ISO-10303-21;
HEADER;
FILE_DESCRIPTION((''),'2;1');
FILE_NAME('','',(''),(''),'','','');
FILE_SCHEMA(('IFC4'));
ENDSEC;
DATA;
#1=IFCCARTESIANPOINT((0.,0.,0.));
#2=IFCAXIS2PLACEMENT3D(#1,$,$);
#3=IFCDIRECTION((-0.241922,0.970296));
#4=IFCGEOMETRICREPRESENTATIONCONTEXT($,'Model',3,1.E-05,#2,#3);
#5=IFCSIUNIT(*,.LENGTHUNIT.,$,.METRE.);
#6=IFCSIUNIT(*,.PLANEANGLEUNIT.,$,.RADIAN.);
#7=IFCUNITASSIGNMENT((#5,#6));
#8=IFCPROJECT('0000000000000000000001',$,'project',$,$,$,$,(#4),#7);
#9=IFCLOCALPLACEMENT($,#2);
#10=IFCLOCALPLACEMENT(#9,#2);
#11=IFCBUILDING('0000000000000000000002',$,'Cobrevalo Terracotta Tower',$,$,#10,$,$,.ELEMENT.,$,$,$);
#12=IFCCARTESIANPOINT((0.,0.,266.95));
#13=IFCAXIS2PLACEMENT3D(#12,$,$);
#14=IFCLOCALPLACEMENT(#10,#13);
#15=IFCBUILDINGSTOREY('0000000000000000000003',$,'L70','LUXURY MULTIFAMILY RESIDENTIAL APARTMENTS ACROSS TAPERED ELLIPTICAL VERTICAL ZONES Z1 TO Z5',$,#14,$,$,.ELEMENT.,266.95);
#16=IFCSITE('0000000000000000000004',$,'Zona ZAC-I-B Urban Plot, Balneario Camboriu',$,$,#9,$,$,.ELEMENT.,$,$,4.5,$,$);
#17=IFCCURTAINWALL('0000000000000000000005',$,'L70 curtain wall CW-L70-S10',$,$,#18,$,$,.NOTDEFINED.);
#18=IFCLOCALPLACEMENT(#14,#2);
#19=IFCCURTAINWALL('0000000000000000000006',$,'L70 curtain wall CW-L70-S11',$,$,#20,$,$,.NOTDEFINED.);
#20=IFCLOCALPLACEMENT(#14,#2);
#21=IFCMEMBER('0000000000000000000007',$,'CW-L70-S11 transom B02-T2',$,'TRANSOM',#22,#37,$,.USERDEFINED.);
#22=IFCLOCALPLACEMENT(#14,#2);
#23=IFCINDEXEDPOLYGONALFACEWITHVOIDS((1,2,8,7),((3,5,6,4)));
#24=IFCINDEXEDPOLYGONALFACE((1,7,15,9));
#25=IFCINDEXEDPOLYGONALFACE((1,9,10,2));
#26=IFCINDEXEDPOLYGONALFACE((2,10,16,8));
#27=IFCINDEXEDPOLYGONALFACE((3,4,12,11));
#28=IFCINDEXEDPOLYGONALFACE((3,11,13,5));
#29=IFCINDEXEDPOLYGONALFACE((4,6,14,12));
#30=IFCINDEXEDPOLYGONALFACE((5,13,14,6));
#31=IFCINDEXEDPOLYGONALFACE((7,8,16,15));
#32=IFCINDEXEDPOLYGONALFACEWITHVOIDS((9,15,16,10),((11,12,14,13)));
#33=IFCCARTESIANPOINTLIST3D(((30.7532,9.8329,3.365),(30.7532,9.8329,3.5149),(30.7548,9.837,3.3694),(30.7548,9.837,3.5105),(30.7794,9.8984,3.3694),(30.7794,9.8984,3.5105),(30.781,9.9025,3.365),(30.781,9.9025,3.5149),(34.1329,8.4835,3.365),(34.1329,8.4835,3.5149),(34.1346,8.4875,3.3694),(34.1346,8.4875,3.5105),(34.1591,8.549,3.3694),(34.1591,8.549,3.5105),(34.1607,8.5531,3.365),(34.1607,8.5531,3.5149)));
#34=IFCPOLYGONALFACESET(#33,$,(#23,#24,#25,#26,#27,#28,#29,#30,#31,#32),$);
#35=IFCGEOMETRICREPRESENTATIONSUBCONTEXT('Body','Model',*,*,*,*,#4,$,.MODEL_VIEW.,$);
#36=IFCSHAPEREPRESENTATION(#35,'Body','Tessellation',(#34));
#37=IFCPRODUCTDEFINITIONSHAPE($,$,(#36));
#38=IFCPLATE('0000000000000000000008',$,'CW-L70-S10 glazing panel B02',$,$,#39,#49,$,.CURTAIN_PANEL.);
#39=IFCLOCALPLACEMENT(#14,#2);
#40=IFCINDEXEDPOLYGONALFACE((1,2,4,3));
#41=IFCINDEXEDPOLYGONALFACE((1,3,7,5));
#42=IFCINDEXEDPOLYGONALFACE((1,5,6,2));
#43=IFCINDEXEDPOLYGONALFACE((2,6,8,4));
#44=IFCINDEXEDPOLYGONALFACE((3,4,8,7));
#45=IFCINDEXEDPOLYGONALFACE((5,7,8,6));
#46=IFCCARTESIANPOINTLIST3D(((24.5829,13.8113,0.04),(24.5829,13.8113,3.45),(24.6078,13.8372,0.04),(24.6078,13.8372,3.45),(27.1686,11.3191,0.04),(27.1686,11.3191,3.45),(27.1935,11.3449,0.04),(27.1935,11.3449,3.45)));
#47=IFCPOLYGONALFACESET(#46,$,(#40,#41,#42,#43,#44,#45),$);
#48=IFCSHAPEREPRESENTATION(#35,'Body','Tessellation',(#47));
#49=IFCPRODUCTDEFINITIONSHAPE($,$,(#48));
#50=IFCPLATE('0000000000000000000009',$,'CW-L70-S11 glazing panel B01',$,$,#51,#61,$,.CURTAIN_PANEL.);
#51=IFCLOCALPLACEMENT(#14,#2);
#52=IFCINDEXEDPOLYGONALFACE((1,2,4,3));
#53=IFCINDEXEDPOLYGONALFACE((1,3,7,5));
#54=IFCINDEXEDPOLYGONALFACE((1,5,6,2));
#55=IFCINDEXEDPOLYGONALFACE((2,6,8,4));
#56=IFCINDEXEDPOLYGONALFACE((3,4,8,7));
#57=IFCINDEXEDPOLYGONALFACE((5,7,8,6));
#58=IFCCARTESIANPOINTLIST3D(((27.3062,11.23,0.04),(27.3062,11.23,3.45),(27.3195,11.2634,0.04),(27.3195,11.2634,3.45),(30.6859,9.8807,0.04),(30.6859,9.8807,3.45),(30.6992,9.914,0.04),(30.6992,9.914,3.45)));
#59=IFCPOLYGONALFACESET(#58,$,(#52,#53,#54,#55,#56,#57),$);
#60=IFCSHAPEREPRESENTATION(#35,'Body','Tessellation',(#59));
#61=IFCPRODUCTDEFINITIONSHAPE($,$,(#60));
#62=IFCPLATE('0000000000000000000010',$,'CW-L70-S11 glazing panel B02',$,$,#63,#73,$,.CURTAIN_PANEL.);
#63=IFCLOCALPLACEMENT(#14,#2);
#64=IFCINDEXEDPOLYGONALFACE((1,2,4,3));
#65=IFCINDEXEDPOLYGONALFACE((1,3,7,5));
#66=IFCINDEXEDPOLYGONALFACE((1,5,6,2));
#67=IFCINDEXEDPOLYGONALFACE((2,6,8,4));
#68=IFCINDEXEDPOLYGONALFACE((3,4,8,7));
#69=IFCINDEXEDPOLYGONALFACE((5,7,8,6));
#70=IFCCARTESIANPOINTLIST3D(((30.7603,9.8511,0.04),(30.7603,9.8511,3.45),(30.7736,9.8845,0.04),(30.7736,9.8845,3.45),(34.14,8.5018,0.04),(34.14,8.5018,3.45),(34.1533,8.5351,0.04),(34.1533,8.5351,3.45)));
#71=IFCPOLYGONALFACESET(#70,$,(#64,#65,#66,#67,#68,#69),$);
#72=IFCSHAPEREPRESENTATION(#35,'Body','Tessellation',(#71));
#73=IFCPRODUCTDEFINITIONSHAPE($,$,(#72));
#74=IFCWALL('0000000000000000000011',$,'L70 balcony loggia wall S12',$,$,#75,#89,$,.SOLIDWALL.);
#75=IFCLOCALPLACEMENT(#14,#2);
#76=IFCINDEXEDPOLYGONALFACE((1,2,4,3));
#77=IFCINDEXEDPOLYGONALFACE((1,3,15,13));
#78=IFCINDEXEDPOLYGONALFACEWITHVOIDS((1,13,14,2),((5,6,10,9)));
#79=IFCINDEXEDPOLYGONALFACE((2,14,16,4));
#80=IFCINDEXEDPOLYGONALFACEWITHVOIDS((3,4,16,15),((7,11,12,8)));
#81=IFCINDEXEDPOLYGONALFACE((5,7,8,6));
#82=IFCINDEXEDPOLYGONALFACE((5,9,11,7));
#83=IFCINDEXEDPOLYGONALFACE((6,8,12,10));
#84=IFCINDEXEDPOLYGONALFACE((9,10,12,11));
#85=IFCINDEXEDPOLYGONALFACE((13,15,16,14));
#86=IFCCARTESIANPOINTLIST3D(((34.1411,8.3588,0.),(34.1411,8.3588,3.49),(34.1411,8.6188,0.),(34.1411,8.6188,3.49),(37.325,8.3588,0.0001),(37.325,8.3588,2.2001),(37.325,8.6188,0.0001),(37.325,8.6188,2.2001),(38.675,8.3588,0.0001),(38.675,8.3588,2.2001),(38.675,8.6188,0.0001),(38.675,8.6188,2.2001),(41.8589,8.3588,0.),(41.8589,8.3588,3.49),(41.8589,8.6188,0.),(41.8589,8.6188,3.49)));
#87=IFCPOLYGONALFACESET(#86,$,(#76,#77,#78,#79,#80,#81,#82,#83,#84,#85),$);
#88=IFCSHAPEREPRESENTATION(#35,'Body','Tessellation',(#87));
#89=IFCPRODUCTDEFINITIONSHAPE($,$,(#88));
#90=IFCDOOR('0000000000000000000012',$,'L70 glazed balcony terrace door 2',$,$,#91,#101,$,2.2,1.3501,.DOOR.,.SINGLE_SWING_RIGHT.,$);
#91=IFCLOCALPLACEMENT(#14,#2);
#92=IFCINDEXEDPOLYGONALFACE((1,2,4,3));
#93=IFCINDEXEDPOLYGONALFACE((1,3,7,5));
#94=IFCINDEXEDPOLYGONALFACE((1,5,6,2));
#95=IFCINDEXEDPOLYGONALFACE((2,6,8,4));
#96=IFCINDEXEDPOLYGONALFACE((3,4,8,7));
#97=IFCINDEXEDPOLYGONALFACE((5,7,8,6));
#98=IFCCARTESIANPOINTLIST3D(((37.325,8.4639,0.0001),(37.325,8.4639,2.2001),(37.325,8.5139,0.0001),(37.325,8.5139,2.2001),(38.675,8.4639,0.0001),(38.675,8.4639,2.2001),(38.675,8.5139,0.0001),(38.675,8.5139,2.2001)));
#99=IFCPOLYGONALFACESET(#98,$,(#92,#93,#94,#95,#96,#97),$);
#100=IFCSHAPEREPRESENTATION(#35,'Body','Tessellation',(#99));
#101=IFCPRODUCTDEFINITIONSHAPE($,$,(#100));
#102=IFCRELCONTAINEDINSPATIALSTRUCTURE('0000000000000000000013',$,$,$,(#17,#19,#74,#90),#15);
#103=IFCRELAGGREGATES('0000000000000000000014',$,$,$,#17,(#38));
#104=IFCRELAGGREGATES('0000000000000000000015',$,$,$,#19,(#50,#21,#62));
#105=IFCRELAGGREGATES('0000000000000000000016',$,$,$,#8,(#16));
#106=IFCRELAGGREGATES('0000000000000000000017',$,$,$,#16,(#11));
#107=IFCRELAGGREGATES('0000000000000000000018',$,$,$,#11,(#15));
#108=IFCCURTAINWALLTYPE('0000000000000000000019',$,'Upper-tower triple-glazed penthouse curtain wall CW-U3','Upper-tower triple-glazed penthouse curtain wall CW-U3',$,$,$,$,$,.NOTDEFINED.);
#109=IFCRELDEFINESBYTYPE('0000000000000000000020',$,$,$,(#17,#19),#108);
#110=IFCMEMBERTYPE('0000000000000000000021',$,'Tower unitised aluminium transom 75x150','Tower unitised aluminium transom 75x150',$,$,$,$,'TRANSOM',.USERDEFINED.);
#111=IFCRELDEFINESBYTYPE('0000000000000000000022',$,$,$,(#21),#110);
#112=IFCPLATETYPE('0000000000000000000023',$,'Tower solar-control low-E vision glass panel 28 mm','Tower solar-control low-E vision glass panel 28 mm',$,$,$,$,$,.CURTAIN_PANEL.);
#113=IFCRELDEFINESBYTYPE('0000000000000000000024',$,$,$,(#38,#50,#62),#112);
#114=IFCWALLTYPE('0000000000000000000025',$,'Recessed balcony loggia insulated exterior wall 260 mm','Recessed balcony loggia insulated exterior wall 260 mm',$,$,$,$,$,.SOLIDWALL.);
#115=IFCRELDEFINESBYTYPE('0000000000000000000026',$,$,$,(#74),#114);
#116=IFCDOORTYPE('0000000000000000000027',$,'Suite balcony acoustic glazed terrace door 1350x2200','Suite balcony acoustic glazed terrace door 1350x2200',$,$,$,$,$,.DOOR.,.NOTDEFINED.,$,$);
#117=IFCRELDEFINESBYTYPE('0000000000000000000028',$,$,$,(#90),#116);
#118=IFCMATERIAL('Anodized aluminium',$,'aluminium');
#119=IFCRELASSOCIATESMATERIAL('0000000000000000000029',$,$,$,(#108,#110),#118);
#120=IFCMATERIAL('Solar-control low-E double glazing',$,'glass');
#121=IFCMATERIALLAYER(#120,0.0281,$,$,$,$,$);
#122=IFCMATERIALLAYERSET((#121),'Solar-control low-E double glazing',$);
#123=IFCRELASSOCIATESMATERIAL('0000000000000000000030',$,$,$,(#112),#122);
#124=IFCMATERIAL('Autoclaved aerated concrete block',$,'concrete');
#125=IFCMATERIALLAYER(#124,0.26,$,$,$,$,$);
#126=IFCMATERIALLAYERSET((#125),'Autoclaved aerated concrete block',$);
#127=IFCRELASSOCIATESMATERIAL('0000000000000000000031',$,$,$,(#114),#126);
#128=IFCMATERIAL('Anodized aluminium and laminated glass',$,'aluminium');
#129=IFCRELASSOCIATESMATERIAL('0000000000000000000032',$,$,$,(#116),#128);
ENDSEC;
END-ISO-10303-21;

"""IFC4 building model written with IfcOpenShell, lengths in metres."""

from ifc_helpers import new_model, si_unit, direction, frame, frame_2d, origin, origin_2d, place, context, subcontext, project, spatial, rectangle, hollow_rectangle, extrude, source, transform, mapped, material, layer, layer_set, material_profile, profile_set, type_object, element, fill, aggregate, save


model = new_model("IFC4")

# Units and contexts
model_context = context("Model", 3, precision=1e-05, world=origin(), true_north=direction((-0.241922, 0.970296)))
body_context = subcontext(model_context, "Body", "Model", "MODEL_VIEW")
ifc_project = project(units=[si_unit("LENGTHUNIT", "METRE"), si_unit("PLANEANGLEUNIT", "RADIAN")], contexts=[model_context])

# Site, building, storey
site_placement = place(None, origin())
site = spatial("IfcSite", under=ifc_project, at=site_placement, Name="Zona ZAC-I-B Urban Plot, Balneario Camboriu", CompositionType="ELEMENT", RefElevation=4.5)
building_placement = place(site_placement, origin())
building = spatial("IfcBuilding", under=site, at=building_placement, Name="Cobrevalo Terracotta Tower", CompositionType="ELEMENT")
storey_placement = place(building_placement, frame((0.0, 0.0, 266.95)))
storey = spatial("IfcBuildingStorey", under=building, at=storey_placement, Name="L70", Description="LUXURY MULTIFAMILY RESIDENTIAL APARTMENTS ACROSS TAPERED ELLIPTICAL VERTICAL ZONES Z1 TO Z5", CompositionType="ELEMENT", Elevation=266.95)

# Curtain wall
ifc_material_1 = material(Name="Anodized aluminium", Category="aluminium")
curtain_wall_type = type_object("IfcCurtainWallType", Name="Upper-tower triple-glazed penthouse curtain wall CW-U3", Description="Upper-tower triple-glazed penthouse curtain wall CW-U3", PredefinedType="NOTDEFINED", material=ifc_material_1)
curtain_wall_1_placement = place(storey_placement, origin())
curtain_wall_1 = element("IfcCurtainWall", 1, at=curtain_wall_1_placement, inside=storey, type_object=curtain_wall_type, Name="L70 curtain wall CW-L70-S10", PredefinedType="NOTDEFINED")

# Curtain wall
curtain_wall_2_placement = place(storey_placement, origin())
curtain_wall_2 = element("IfcCurtainWall", 2, at=curtain_wall_2_placement, inside=storey, type_object=curtain_wall_type, Name="L70 curtain wall CW-L70-S11", PredefinedType="NOTDEFINED")

# Member
ifc_material_profile_1 = material_profile(ifc_material_1, hollow_rectangle(XDim=0.075, YDim=0.1499, WallThickness=0.0044, at=origin_2d()), Name="CWT 75x150")
ifc_profile_set_1 = profile_set([ifc_material_profile_1], Name="Anodized aluminium")
member_type_1 = type_object("IfcMemberType", Name="Tower unitised aluminium transom 75x150", Description="Tower unitised aluminium transom 75x150", ElementType="TRANSOM", PredefinedType="USERDEFINED", material=ifc_profile_set_1)
shared_shape_1 = source(origin(), body_context, "Body", "SweptSolid", [
    extrude(hollow_rectangle(XDim=0.075, YDim=0.1499, WallThickness=0.0044, at=origin_2d()), origin(), (0.0, 0.0, 1.0), 3.6392),
])
member_1_placement = place(storey_placement, frame((30.7671, 9.8677, 3.4399), z_axis=(0.928712, -0.370801, 0.0), x_axis=(0.370801, 0.928712, 0.0)))
member_1 = element("IfcMember", 3, at=member_1_placement, type_object=member_type_1, Name="CW-L70-S11 transom B02-T2", ObjectType="TRANSOM", PredefinedType="USERDEFINED", context=body_context, shape_type="MappedRepresentation", body=[
    mapped(shared_shape_1, transform((0.0, 0.0, 0.0), scale=1.0)),
])

# Plates
ifc_material_2 = material(Name="Solar-control low-E double glazing", Category="glass")
ifc_layer_1 = layer(ifc_material_2, 0.0281)
ifc_layer_set_1 = layer_set([ifc_layer_1], Name="Solar-control low-E double glazing")
plate_type = type_object("IfcPlateType", Name="Tower solar-control low-E vision glass panel 28 mm", Description="Tower solar-control low-E vision glass panel 28 mm", PredefinedType="CURTAIN_PANEL", material=ifc_layer_set_1)
shared_shape_2 = source(origin(), body_context, "Body", "SweptSolid", [
    extrude(rectangle(XDim=3.5913, YDim=0.0359, at=origin_2d()), origin(), (0.0, 0.0, 1.0), 3.4099),
])
plate_1_placement = place(storey_placement, frame((25.8882, 12.5781, 0.04), z_axis=(0.0, 0.0, 1.0), x_axis=(0.719997, -0.693978, 0.0)))
plate_1 = element("IfcPlate", 4, at=plate_1_placement, type_object=plate_type, Name="CW-L70-S10 glazing panel B02", PredefinedType="CURTAIN_PANEL", context=body_context, shape_type="MappedRepresentation", body=[
    mapped(shared_shape_2, transform((0.0, 0.0, 0.0), scale=1.0)),
])
aggregate(curtain_wall_1, [plate_1])
shared_shape_3 = source(origin(), body_context, "Body", "SweptSolid", [
    extrude(rectangle(XDim=3.6392, YDim=0.0359, at=origin_2d()), origin(), (0.0, 0.0, 1.0), 3.4099),
])
plate_2_placement = place(storey_placement, frame((29.0027, 10.572, 0.04), z_axis=(0.0, 0.0, 1.0), x_axis=(0.928718, -0.370786, 0.0)))
plate_2 = element("IfcPlate", 5, at=plate_2_placement, type_object=plate_type, Name="CW-L70-S11 glazing panel B01", PredefinedType="CURTAIN_PANEL", context=body_context, shape_type="MappedRepresentation", body=[
    mapped(shared_shape_3, transform((0.0, 0.0, 0.0), scale=1.0)),
])
plate_3_placement = place(storey_placement, frame((32.4568, 9.1931, 0.04), z_axis=(0.0, 0.0, 1.0), x_axis=(0.928718, -0.370786, 0.0)))
plate_3 = element("IfcPlate", 6, at=plate_3_placement, type_object=plate_type, Name="CW-L70-S11 glazing panel B02", PredefinedType="CURTAIN_PANEL", context=body_context, shape_type="MappedRepresentation", body=[
    mapped(shared_shape_3, transform((0.0, 0.0, 0.0), scale=1.0)),
])
aggregate(curtain_wall_2, [plate_2, member_1, plate_3])

# Wall, opening, door
ifc_material_3 = material(Name="Autoclaved aerated concrete block", Category="concrete")
ifc_layer_2 = layer(ifc_material_3, 0.26)
ifc_layer_set_2 = layer_set([ifc_layer_2], Name="Autoclaved aerated concrete block")
wall_type = type_object("IfcWallType", Name="Recessed balcony loggia insulated exterior wall 260 mm", Description="Recessed balcony loggia insulated exterior wall 260 mm", PredefinedType="SOLIDWALL", material=ifc_layer_set_2)
wall_placement = place(storey_placement, frame((34.1411, 8.4888, 0.0), z_axis=(0.0, 0.0, 1.0), x_axis=(1.0, 0.0, 0.0)))
wall = element("IfcWall", 7, at=wall_placement, inside=storey, type_object=wall_type, Name="L70 balcony loggia wall S12", PredefinedType="SOLIDWALL", context=body_context, shape_type="SweptSolid", body=[
    extrude(rectangle(XDim=7.7178, YDim=0.26, at=frame_2d((3.8589, 0.0))), origin(), (0.0, 0.0, 1.0), 3.49),
])
opening_placement = place(wall_placement, frame((3.1838, 0.0, 0.0)))
opening = element("IfcOpeningElement", 8, at=opening_placement, cuts=wall, PredefinedType="OPENING", context=body_context, shape_type="SweptSolid", body=[
    extrude(rectangle(XDim=1.3501, YDim=2.2, at=frame_2d((0.675, 1.1001))), frame((0.0, 0.1401, 0.0), z_axis=(0.0, -1.0, 0.0), x_axis=(1.0, 0.0, 0.0)), (0.0, 0.0, 1.0), 0.28),
])
ifc_material_4 = material(Name="Anodized aluminium and laminated glass", Category="aluminium")
door_type = type_object("IfcDoorType", Name="Suite balcony acoustic glazed terrace door 1350x2200", Description="Suite balcony acoustic glazed terrace door 1350x2200", OperationType="NOTDEFINED", PredefinedType="DOOR", material=ifc_material_4)
shared_shape_4 = source(origin(), body_context, "Body", "SweptSolid", [
    extrude(rectangle(XDim=1.3501, YDim=2.2, at=frame_2d((0.675, 1.1001))), frame((0.0, 0.0249, 0.0), z_axis=(0.0, -1.0, 0.0), x_axis=(1.0, 0.0, 0.0)), (0.0, 0.0, 1.0), 0.05),
])
door_placement = place(opening_placement, frame((1.3501, 0.0, 0.0), z_axis=(0.0, 0.0, 1.0), x_axis=(-1.0, 0.0, 0.0)))
door = element("IfcDoor", 9, at=door_placement, inside=storey, type_object=door_type, Name="L70 glazed balcony terrace door 2", OperationType="SINGLE_SWING_RIGHT", OverallHeight=2.2, OverallWidth=1.3501, PredefinedType="DOOR", context=body_context, shape_type="MappedRepresentation", body=[
    mapped(shared_shape_4, transform((0.0, 0.0, 0.0), scale=1.0)),
])
fill(opening, door)

save(model, "model.ifc")
